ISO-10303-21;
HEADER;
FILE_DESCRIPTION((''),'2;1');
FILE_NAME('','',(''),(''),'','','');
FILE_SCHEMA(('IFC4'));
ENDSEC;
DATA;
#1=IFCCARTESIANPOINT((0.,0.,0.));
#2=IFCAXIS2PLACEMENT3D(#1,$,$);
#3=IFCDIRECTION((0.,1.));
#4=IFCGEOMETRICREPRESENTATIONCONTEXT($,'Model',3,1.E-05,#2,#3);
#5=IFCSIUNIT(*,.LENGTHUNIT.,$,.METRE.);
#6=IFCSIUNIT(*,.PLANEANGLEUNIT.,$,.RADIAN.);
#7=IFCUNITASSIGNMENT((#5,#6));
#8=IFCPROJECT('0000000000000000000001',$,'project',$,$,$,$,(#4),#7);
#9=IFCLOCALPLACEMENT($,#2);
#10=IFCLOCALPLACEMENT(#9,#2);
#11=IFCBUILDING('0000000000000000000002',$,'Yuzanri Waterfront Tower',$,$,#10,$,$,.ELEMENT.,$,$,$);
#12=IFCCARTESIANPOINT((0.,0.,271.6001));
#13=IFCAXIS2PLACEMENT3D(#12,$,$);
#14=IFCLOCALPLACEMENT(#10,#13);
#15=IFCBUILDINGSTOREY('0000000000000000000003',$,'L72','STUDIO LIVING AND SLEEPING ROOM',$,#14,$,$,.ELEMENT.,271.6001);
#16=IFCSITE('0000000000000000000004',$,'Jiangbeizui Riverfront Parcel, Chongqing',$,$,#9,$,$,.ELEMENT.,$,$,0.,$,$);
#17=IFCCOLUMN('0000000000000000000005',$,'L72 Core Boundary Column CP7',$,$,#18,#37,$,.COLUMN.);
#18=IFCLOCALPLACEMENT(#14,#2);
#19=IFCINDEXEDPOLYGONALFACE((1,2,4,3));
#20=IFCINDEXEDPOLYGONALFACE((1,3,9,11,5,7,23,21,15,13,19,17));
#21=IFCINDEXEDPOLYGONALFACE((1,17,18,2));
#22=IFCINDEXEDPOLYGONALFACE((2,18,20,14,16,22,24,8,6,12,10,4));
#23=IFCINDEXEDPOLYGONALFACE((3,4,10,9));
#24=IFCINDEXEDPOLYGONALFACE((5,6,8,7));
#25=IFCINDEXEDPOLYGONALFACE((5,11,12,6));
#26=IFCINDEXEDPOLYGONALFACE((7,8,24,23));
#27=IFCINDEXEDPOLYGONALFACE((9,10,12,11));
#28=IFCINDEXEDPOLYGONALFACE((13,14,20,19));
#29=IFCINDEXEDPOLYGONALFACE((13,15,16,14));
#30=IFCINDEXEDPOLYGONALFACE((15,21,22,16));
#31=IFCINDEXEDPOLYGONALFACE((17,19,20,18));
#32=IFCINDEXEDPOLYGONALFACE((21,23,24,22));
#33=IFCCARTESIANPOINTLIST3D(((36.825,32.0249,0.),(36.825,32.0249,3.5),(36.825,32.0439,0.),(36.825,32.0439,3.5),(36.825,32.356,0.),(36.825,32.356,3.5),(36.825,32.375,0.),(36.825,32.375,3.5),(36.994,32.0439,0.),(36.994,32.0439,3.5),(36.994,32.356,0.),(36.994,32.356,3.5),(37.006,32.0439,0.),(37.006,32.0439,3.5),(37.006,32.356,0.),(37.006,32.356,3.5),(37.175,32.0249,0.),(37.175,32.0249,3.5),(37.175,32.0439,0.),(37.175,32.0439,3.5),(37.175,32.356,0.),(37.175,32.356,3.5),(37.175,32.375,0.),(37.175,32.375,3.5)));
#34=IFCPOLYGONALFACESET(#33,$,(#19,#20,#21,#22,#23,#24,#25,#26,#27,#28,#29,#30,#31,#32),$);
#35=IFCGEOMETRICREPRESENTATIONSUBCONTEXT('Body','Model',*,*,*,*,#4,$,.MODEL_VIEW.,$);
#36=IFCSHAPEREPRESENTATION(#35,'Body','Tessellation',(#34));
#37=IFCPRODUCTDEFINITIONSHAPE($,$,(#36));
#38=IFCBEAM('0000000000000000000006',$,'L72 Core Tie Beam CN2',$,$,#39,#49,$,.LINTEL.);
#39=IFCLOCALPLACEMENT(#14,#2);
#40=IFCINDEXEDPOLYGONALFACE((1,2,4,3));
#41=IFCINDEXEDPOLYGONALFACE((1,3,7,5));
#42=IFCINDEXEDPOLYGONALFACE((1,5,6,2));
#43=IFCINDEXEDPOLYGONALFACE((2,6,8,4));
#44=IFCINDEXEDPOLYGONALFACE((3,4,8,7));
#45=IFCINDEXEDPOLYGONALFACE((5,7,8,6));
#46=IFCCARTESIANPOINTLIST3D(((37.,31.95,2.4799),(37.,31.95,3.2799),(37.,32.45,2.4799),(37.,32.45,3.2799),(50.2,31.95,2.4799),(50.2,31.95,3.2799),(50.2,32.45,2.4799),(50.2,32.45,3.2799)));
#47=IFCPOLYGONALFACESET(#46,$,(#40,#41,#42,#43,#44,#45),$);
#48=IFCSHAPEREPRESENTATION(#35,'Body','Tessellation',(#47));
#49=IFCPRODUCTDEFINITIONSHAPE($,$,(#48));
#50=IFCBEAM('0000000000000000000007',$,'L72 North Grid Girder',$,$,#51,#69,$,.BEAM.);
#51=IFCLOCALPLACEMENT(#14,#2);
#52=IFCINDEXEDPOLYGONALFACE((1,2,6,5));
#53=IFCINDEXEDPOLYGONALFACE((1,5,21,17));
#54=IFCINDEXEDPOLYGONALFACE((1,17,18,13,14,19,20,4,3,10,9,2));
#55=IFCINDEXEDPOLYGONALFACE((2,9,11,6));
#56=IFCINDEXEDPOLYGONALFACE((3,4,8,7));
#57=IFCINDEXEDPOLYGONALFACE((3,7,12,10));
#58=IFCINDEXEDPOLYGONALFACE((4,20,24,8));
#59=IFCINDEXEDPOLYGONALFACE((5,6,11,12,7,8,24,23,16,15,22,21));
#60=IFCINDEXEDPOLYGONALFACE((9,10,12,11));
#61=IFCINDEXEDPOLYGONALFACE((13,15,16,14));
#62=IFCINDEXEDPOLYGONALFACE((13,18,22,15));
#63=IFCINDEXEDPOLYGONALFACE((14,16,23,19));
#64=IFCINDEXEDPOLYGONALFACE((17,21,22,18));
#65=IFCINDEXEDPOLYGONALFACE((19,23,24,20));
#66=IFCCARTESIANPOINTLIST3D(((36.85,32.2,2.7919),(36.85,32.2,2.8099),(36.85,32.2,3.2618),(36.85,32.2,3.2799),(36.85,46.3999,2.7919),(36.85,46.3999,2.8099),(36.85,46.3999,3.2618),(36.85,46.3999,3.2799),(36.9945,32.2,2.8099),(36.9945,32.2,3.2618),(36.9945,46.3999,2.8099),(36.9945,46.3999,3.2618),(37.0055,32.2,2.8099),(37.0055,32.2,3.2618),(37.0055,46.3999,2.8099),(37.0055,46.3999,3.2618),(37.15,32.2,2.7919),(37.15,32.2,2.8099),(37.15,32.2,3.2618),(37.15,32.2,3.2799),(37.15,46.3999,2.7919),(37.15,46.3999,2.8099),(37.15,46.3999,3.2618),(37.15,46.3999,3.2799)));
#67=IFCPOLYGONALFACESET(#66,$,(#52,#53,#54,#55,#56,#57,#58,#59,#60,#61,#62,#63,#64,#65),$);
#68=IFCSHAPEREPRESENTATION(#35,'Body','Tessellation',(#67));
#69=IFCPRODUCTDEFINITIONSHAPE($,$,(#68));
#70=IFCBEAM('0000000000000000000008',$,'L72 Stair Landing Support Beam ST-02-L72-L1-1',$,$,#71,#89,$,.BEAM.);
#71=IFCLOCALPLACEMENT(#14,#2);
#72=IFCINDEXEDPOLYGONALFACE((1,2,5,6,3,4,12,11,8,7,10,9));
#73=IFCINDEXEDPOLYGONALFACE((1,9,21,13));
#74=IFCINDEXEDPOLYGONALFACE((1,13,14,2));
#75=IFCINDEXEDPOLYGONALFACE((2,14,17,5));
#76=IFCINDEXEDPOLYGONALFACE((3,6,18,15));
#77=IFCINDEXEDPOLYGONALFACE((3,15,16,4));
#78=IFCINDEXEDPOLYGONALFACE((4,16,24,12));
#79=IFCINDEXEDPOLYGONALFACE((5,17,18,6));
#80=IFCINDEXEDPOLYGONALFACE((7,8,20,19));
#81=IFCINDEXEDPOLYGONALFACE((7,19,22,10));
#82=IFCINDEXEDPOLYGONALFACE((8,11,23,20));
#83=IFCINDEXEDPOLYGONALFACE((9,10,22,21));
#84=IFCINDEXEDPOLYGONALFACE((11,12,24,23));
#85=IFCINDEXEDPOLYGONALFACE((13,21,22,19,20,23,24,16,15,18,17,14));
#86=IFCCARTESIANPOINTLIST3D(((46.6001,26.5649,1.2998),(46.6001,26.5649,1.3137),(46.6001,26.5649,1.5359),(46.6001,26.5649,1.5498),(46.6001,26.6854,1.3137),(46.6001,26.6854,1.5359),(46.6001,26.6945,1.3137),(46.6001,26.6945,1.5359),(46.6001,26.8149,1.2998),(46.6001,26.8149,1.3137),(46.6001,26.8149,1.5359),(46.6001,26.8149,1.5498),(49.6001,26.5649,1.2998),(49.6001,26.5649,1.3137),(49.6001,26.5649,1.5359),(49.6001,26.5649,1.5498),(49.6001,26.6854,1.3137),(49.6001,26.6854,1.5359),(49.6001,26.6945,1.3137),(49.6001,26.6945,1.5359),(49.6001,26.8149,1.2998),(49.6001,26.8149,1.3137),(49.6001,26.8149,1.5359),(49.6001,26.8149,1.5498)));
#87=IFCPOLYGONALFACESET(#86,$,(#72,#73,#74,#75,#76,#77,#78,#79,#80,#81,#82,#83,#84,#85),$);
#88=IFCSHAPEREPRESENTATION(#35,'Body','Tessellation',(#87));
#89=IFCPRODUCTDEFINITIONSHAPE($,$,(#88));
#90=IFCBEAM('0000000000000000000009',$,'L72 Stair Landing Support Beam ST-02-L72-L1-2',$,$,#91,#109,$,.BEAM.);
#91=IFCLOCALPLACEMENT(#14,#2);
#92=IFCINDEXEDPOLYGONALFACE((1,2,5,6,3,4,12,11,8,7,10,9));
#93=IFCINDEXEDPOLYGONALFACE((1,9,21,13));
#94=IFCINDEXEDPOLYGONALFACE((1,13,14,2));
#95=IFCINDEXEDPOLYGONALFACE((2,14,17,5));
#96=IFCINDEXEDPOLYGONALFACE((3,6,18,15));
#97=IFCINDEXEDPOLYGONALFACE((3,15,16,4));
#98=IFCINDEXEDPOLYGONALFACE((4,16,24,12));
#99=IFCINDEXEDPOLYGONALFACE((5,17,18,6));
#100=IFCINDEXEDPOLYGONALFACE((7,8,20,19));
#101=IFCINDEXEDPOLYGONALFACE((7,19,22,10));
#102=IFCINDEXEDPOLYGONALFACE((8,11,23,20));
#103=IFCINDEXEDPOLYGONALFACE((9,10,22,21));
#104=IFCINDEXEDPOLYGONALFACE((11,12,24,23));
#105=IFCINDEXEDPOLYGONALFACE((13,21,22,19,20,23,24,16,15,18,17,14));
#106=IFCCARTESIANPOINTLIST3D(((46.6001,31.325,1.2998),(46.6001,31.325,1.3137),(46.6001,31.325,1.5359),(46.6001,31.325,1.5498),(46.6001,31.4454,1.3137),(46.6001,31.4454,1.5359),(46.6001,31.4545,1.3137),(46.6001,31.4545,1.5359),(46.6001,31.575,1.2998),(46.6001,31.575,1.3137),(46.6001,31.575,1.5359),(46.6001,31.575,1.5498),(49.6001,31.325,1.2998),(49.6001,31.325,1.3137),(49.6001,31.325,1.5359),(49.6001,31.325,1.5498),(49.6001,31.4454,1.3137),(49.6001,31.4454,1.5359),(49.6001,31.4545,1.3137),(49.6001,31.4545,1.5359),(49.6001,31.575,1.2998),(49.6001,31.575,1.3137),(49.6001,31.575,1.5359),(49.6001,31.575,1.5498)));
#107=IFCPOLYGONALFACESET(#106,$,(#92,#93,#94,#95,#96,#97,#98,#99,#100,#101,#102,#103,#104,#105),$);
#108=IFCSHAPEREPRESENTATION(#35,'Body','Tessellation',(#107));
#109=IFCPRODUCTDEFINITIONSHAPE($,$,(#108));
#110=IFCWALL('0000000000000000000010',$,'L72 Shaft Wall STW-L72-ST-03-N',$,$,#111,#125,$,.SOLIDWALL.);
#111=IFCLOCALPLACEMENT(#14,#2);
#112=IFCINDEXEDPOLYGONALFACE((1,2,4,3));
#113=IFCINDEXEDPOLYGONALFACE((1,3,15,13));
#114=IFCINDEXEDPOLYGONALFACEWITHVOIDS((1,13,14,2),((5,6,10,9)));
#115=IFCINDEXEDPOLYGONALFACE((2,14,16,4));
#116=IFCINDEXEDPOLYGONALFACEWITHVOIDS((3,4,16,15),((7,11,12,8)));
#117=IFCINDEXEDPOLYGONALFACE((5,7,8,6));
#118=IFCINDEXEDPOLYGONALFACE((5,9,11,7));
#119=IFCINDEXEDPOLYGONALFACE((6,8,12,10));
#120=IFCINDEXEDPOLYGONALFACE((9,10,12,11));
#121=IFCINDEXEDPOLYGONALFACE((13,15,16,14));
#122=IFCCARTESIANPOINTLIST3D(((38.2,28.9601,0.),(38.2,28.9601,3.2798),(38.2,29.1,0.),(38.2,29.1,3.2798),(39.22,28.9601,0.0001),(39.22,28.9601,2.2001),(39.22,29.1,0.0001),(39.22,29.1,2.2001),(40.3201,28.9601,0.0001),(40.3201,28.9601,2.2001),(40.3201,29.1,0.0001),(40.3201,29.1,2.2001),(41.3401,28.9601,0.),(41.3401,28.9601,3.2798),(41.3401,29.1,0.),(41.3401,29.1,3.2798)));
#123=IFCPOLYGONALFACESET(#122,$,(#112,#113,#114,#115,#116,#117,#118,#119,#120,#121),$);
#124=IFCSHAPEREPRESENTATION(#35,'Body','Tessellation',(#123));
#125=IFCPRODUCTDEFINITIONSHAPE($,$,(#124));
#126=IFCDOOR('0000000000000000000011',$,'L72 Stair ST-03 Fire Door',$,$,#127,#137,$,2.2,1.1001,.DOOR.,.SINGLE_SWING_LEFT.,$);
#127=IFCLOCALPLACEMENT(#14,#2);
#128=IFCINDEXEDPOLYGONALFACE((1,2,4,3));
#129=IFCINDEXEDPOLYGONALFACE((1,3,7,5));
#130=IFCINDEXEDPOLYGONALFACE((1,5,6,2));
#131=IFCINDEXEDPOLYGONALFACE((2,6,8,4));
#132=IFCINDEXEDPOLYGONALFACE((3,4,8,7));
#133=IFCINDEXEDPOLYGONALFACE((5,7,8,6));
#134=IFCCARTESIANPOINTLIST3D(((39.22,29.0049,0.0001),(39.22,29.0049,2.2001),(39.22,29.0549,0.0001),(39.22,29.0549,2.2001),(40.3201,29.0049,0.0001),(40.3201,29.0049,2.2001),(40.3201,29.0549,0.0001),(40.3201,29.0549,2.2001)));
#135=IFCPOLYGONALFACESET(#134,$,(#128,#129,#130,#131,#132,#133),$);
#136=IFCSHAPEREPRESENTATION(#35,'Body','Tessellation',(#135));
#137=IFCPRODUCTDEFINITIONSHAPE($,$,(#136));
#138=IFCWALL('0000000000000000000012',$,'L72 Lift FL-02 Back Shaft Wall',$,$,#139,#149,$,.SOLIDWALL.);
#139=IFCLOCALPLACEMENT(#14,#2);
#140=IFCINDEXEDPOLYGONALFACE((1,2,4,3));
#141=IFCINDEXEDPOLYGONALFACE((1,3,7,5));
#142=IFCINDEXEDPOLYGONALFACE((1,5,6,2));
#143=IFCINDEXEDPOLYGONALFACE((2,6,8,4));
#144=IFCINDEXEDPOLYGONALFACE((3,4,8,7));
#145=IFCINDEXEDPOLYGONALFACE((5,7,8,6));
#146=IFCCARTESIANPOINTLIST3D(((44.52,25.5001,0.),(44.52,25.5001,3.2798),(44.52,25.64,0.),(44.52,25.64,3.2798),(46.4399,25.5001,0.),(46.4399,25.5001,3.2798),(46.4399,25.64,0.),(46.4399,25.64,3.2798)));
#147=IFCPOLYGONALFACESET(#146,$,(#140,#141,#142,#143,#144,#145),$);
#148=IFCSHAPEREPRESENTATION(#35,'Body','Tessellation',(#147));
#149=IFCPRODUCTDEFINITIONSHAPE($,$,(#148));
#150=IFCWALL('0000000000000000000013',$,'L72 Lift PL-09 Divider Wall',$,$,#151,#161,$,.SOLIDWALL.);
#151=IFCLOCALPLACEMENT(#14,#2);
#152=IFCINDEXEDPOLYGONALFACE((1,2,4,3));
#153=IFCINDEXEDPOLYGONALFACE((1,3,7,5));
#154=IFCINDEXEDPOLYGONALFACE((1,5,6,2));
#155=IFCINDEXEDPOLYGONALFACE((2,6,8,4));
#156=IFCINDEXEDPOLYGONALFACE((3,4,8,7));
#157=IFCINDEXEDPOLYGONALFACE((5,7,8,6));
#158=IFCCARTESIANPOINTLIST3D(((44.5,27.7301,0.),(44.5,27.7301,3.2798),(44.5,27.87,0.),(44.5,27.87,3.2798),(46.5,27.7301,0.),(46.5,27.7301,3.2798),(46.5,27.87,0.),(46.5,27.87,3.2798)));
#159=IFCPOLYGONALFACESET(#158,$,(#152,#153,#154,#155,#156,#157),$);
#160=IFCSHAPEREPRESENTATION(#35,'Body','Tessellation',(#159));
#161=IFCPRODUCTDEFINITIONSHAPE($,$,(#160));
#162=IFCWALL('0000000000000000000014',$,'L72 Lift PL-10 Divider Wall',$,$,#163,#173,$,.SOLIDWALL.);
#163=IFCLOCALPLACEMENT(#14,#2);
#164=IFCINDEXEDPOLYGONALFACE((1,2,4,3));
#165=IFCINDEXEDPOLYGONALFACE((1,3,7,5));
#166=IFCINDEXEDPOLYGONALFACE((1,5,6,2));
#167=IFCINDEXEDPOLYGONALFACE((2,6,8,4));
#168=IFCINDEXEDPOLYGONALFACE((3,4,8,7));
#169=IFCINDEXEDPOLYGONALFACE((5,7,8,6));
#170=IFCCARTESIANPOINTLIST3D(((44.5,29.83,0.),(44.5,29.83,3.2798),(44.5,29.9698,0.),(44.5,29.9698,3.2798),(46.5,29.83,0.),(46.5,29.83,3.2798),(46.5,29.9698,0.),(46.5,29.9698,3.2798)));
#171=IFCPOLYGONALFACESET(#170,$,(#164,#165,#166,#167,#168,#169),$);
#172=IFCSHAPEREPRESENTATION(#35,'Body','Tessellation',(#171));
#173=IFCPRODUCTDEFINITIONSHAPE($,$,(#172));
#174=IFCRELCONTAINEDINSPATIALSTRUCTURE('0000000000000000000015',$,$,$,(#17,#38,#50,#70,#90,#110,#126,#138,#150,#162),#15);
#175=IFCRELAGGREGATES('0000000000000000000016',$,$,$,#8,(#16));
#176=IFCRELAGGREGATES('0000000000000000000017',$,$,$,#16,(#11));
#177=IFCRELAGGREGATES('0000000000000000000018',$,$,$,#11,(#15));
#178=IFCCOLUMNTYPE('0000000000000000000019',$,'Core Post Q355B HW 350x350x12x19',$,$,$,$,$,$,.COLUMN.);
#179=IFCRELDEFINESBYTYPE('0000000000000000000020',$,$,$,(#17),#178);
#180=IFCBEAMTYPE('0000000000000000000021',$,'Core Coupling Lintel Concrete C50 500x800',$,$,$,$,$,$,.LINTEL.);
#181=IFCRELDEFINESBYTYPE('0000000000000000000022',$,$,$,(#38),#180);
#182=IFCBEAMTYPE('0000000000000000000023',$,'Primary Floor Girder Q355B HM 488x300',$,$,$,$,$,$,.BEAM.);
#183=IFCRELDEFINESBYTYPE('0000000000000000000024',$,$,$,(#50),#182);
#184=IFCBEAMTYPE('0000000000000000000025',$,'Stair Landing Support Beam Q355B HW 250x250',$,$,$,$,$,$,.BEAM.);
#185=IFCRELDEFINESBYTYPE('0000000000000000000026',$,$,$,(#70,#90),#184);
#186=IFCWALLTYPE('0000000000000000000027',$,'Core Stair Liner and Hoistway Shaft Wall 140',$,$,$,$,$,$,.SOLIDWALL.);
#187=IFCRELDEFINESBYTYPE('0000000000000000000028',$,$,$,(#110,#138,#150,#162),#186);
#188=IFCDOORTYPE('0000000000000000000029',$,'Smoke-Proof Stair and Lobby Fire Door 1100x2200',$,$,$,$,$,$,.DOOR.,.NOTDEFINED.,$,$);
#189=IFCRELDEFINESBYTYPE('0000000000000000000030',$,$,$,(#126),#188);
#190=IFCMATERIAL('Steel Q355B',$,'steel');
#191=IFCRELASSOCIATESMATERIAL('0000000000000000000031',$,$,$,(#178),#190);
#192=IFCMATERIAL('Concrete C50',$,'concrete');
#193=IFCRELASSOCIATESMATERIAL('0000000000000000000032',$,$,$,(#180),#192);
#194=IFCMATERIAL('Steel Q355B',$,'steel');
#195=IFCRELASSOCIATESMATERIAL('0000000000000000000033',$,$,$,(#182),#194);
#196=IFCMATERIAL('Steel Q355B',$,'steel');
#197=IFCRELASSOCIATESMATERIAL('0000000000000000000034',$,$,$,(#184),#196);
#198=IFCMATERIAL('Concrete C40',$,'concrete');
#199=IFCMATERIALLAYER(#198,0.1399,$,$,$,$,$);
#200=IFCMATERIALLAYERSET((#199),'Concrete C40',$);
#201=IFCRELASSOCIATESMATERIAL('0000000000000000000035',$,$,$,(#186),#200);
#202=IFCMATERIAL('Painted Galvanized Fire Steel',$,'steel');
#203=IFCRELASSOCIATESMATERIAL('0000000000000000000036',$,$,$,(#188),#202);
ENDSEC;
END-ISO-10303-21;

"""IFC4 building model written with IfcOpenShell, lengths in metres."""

from ifc_helpers import new_model, si_unit, direction, frame, frame_2d, origin, origin_2d, place, context, subcontext, project, spatial, rectangle, i_section, extrude, source, transform, mapped, material, layer, layer_set, material_profile, profile_set, type_object, element, fill, save


model = new_model("IFC4")

# Units and contexts
model_context = context("Model", 3, precision=1e-05, world=origin(), true_north=direction((0.0, 1.0)))
body_context = subcontext(model_context, "Body", "Model", "MODEL_VIEW")
ifc_project = project(units=[si_unit("LENGTHUNIT", "METRE"), si_unit("PLANEANGLEUNIT", "RADIAN")], contexts=[model_context])

# Site, building, storey
site_placement = place(None, origin())
site = spatial("IfcSite", under=ifc_project, at=site_placement, Name="Jiangbeizui Riverfront Parcel, Chongqing", CompositionType="ELEMENT", RefElevation=0.0)
building_placement = place(site_placement, origin())
building = spatial("IfcBuilding", under=site, at=building_placement, Name="Yuzanri Waterfront Tower", CompositionType="ELEMENT")
storey_placement = place(building_placement, frame((0.0, 0.0, 271.6001)))
storey = spatial("IfcBuildingStorey", under=building, at=storey_placement, Name="L72", Description="STUDIO LIVING AND SLEEPING ROOM", CompositionType="ELEMENT", Elevation=271.6001)

# Column
ifc_material_1 = material(Name="Steel Q355B", Category="steel")
ifc_material_profile_1 = material_profile(ifc_material_1, i_section(OverallWidth=0.3501, OverallDepth=0.3501, WebThickness=0.012, FlangeThickness=0.019, at=origin_2d()), Name="HW 350x350x12x19")
ifc_profile_set_1 = profile_set([ifc_material_profile_1], Name="Steel Q355B")
column_type = type_object("IfcColumnType", Name="Core Post Q355B HW 350x350x12x19", PredefinedType="COLUMN", material=ifc_profile_set_1)
shared_shape_1 = source(origin(), body_context, "Body", "SweptSolid", [
    extrude(i_section(OverallWidth=0.3501, OverallDepth=0.3501, WebThickness=0.012, FlangeThickness=0.019, at=origin_2d()), origin(), (0.0, 0.0, 1.0), 3.5),
])
column_placement = place(storey_placement, frame((37.0, 32.2, 0.0), z_axis=(0.0, 0.0, 1.0), x_axis=(1.0, 0.0, 0.0)))
element("IfcColumn", 1, at=column_placement, inside=storey, type_object=column_type, Name="L72 Core Boundary Column CP7", PredefinedType="COLUMN", context=body_context, shape_type="MappedRepresentation", body=[
    mapped(shared_shape_1, transform((0.0, 0.0, 0.0), scale=1.0)),
])

# Beams
ifc_material_2 = material(Name="Concrete C50", Category="concrete")
ifc_material_profile_2 = material_profile(ifc_material_2, rectangle(XDim=0.5, YDim=0.8, at=origin_2d()), Name="RC 500x800")
ifc_profile_set_2 = profile_set([ifc_material_profile_2], Name="Concrete C50")
beam_type_1 = type_object("IfcBeamType", Name="Core Coupling Lintel Concrete C50 500x800", PredefinedType="LINTEL", material=ifc_profile_set_2)
shared_shape_2 = source(origin(), body_context, "Body", "SweptSolid", [
    extrude(rectangle(XDim=0.5, YDim=0.8, at=origin_2d()), origin(), (0.0, 0.0, 1.0), 13.2),
])
beam_1_placement = place(storey_placement, frame((37.0, 32.2, 2.8799), z_axis=(1.0, 0.0, 0.0), x_axis=(0.0, 1.0, 0.0)))
element("IfcBeam", 2, at=beam_1_placement, inside=storey, type_object=beam_type_1, Name="L72 Core Tie Beam CN2", PredefinedType="LINTEL", context=body_context, shape_type="MappedRepresentation", body=[
    mapped(shared_shape_2, transform((0.0, 0.0, 0.0), scale=1.0)),
])
ifc_material_3 = material(Name="Steel Q355B", Category="steel")
ifc_material_profile_3 = material_profile(ifc_material_3, i_section(OverallWidth=0.3, OverallDepth=0.488, WebThickness=0.011, FlangeThickness=0.0181, at=origin_2d()), Name="HM 488x300x11x18")
ifc_profile_set_3 = profile_set([ifc_material_profile_3], Name="Steel Q355B")
beam_type_2 = type_object("IfcBeamType", Name="Primary Floor Girder Q355B HM 488x300", PredefinedType="BEAM", material=ifc_profile_set_3)
shared_shape_3 = source(origin(), body_context, "Body", "SweptSolid", [
    extrude(i_section(OverallWidth=0.3, OverallDepth=0.488, WebThickness=0.011, FlangeThickness=0.0181, at=origin_2d()), origin(), (0.0, 0.0, 1.0), 14.2),
])
beam_2_placement = place(storey_placement, frame((37.0, 32.2, 3.0359), z_axis=(0.0, 1.0, 0.0), x_axis=(-1.0, 0.0, 0.0)))
element("IfcBeam", 3, at=beam_2_placement, inside=storey, type_object=beam_type_2, Name="L72 North Grid Girder", PredefinedType="BEAM", context=body_context, shape_type="MappedRepresentation", body=[
    mapped(shared_shape_3, transform((0.0, 0.0, 0.0), scale=1.0)),
])
ifc_material_4 = material(Name="Steel Q355B", Category="steel")
ifc_material_profile_4 = material_profile(ifc_material_4, i_section(OverallWidth=0.25, OverallDepth=0.25, WebThickness=0.009, FlangeThickness=0.0139, at=origin_2d()), Name="HW 250x250x9x14")
ifc_profile_set_4 = profile_set([ifc_material_profile_4], Name="Steel Q355B")
beam_type_3 = type_object("IfcBeamType", Name="Stair Landing Support Beam Q355B HW 250x250", PredefinedType="BEAM", material=ifc_profile_set_4)
shared_shape_4 = source(origin(), body_context, "Body", "SweptSolid", [
    extrude(i_section(OverallWidth=0.25, OverallDepth=0.25, WebThickness=0.009, FlangeThickness=0.0139, at=origin_2d()), origin(), (0.0, 0.0, 1.0), 3.0),
])
for number, where, z_axis, x_axis, name in (
    (4, (46.6001, 26.6899, 1.4248), (1.0, 0.0, 0.0), (0.0, 1.0, 0.0), "L72 Stair Landing Support Beam ST-02-L72-L1-1"),
    (5, (46.6001, 31.45, 1.4248), (1.0, 0.0, 0.0), (0.0, 1.0, 0.0), "L72 Stair Landing Support Beam ST-02-L72-L1-2"),
):
    element("IfcBeam", number, at=place(storey_placement, frame(where, z_axis=z_axis, x_axis=x_axis)), inside=storey, type_object=beam_type_3, Name=name, PredefinedType="BEAM", context=body_context, shape_type="MappedRepresentation", body=[
        mapped(shared_shape_4, transform((0.0, 0.0, 0.0), scale=1.0)),
    ])

# Wall, opening, door
ifc_material_5 = material(Name="Concrete C40", Category="concrete")
ifc_layer_1 = layer(ifc_material_5, 0.1399)
ifc_layer_set_1 = layer_set([ifc_layer_1], Name="Concrete C40")
wall_type_1 = type_object("IfcWallType", Name="Core Stair Liner and Hoistway Shaft Wall 140", PredefinedType="SOLIDWALL", material=ifc_layer_set_1)
wall_1_placement = place(storey_placement, frame((38.2, 29.03, 0.0), z_axis=(0.0, 0.0, 1.0), x_axis=(1.0, 0.0, 0.0)))
wall_1 = element("IfcWall", 6, at=wall_1_placement, inside=storey, type_object=wall_type_1, Name="L72 Shaft Wall STW-L72-ST-03-N", PredefinedType="SOLIDWALL", context=body_context, shape_type="SweptSolid", body=[
    extrude(rectangle(XDim=3.1401, YDim=0.1399, at=frame_2d((1.5701, 0.0))), origin(), (0.0, 0.0, 1.0), 3.2798),
])
opening_1_placement = place(wall_1_placement, frame((1.02, 0.0, 0.0)))
opening_1 = element("IfcOpeningElement", 7, at=opening_1_placement, cuts=wall_1, PredefinedType="OPENING", context=body_context, shape_type="SweptSolid", body=[
    extrude(rectangle(XDim=1.1001, YDim=2.2, at=frame_2d((0.55, 1.1001))), frame((0.0, 0.085, 0.0), z_axis=(0.0, -1.0, 0.0), x_axis=(1.0, 0.0, 0.0)), (0.0, 0.0, 1.0), 0.1697),
])
ifc_material_6 = material(Name="Painted Galvanized Fire Steel", Category="steel")
door_type_1 = type_object("IfcDoorType", Name="Smoke-Proof Stair and Lobby Fire Door 1100x2200", OperationType="NOTDEFINED", PredefinedType="DOOR", material=ifc_material_6)
shared_shape_5 = source(origin(), body_context, "Body", "SweptSolid", [
    extrude(rectangle(XDim=1.1001, YDim=2.2, at=frame_2d((0.55, 1.1001))), frame((0.0, 0.0249, 0.0), z_axis=(0.0, -1.0, 0.0), x_axis=(1.0, 0.0, 0.0)), (0.0, 0.0, 1.0), 0.05),
])
door_1_placement = place(opening_1_placement, origin())
door_1 = element("IfcDoor", 8, at=door_1_placement, inside=storey, type_object=door_type_1, Name="L72 Stair ST-03 Fire Door", OperationType="SINGLE_SWING_LEFT", OverallHeight=2.2, OverallWidth=1.1001, PredefinedType="DOOR", context=body_context, shape_type="MappedRepresentation", body=[
    mapped(shared_shape_5, transform((0.0, 0.0, 0.0), scale=1.0)),
])
fill(opening_1, door_1)

# Walls
shared_shape_6 = source(origin(), body_context, "Body", "SweptSolid", [
    extrude(rectangle(XDim=1.9199, YDim=0.1399, at=frame_2d((0.96, 0.0))), origin(), (0.0, 0.0, 1.0), 3.2798),
])
wall_2_placement = place(storey_placement, frame((44.52, 25.5701, 0.0), z_axis=(0.0, 0.0, 1.0), x_axis=(1.0, 0.0, 0.0)))
element("IfcWall", 9, at=wall_2_placement, inside=storey, type_object=wall_type_1, Name="L72 Lift FL-02 Back Shaft Wall", PredefinedType="SOLIDWALL", context=body_context, shape_type="MappedRepresentation", body=[
    mapped(shared_shape_6, transform((0.0, 0.0, 0.0), scale=1.0)),
])
shared_shape_7 = source(origin(), body_context, "Body", "SweptSolid", [
    extrude(rectangle(XDim=2.0, YDim=0.1399, at=frame_2d((1.0, 0.0))), origin(), (0.0, 0.0, 1.0), 3.2798),
])
for number, where, z_axis, x_axis, name in (
    (10, (44.5, 27.8, 0.0), (0.0, 0.0, 1.0), (1.0, 0.0, 0.0), "L72 Lift PL-09 Divider Wall"),
    (11, (44.5, 29.8999, 0.0), (0.0, 0.0, 1.0), (1.0, 0.0, 0.0), "L72 Lift PL-10 Divider Wall"),
):
    element("IfcWall", number, at=place(storey_placement, frame(where, z_axis=z_axis, x_axis=x_axis)), inside=storey, type_object=wall_type_1, Name=name, PredefinedType="SOLIDWALL", context=body_context, shape_type="MappedRepresentation", body=[
        mapped(shared_shape_7, transform((0.0, 0.0, 0.0), scale=1.0)),
    ])

save(model, "model.ifc")
